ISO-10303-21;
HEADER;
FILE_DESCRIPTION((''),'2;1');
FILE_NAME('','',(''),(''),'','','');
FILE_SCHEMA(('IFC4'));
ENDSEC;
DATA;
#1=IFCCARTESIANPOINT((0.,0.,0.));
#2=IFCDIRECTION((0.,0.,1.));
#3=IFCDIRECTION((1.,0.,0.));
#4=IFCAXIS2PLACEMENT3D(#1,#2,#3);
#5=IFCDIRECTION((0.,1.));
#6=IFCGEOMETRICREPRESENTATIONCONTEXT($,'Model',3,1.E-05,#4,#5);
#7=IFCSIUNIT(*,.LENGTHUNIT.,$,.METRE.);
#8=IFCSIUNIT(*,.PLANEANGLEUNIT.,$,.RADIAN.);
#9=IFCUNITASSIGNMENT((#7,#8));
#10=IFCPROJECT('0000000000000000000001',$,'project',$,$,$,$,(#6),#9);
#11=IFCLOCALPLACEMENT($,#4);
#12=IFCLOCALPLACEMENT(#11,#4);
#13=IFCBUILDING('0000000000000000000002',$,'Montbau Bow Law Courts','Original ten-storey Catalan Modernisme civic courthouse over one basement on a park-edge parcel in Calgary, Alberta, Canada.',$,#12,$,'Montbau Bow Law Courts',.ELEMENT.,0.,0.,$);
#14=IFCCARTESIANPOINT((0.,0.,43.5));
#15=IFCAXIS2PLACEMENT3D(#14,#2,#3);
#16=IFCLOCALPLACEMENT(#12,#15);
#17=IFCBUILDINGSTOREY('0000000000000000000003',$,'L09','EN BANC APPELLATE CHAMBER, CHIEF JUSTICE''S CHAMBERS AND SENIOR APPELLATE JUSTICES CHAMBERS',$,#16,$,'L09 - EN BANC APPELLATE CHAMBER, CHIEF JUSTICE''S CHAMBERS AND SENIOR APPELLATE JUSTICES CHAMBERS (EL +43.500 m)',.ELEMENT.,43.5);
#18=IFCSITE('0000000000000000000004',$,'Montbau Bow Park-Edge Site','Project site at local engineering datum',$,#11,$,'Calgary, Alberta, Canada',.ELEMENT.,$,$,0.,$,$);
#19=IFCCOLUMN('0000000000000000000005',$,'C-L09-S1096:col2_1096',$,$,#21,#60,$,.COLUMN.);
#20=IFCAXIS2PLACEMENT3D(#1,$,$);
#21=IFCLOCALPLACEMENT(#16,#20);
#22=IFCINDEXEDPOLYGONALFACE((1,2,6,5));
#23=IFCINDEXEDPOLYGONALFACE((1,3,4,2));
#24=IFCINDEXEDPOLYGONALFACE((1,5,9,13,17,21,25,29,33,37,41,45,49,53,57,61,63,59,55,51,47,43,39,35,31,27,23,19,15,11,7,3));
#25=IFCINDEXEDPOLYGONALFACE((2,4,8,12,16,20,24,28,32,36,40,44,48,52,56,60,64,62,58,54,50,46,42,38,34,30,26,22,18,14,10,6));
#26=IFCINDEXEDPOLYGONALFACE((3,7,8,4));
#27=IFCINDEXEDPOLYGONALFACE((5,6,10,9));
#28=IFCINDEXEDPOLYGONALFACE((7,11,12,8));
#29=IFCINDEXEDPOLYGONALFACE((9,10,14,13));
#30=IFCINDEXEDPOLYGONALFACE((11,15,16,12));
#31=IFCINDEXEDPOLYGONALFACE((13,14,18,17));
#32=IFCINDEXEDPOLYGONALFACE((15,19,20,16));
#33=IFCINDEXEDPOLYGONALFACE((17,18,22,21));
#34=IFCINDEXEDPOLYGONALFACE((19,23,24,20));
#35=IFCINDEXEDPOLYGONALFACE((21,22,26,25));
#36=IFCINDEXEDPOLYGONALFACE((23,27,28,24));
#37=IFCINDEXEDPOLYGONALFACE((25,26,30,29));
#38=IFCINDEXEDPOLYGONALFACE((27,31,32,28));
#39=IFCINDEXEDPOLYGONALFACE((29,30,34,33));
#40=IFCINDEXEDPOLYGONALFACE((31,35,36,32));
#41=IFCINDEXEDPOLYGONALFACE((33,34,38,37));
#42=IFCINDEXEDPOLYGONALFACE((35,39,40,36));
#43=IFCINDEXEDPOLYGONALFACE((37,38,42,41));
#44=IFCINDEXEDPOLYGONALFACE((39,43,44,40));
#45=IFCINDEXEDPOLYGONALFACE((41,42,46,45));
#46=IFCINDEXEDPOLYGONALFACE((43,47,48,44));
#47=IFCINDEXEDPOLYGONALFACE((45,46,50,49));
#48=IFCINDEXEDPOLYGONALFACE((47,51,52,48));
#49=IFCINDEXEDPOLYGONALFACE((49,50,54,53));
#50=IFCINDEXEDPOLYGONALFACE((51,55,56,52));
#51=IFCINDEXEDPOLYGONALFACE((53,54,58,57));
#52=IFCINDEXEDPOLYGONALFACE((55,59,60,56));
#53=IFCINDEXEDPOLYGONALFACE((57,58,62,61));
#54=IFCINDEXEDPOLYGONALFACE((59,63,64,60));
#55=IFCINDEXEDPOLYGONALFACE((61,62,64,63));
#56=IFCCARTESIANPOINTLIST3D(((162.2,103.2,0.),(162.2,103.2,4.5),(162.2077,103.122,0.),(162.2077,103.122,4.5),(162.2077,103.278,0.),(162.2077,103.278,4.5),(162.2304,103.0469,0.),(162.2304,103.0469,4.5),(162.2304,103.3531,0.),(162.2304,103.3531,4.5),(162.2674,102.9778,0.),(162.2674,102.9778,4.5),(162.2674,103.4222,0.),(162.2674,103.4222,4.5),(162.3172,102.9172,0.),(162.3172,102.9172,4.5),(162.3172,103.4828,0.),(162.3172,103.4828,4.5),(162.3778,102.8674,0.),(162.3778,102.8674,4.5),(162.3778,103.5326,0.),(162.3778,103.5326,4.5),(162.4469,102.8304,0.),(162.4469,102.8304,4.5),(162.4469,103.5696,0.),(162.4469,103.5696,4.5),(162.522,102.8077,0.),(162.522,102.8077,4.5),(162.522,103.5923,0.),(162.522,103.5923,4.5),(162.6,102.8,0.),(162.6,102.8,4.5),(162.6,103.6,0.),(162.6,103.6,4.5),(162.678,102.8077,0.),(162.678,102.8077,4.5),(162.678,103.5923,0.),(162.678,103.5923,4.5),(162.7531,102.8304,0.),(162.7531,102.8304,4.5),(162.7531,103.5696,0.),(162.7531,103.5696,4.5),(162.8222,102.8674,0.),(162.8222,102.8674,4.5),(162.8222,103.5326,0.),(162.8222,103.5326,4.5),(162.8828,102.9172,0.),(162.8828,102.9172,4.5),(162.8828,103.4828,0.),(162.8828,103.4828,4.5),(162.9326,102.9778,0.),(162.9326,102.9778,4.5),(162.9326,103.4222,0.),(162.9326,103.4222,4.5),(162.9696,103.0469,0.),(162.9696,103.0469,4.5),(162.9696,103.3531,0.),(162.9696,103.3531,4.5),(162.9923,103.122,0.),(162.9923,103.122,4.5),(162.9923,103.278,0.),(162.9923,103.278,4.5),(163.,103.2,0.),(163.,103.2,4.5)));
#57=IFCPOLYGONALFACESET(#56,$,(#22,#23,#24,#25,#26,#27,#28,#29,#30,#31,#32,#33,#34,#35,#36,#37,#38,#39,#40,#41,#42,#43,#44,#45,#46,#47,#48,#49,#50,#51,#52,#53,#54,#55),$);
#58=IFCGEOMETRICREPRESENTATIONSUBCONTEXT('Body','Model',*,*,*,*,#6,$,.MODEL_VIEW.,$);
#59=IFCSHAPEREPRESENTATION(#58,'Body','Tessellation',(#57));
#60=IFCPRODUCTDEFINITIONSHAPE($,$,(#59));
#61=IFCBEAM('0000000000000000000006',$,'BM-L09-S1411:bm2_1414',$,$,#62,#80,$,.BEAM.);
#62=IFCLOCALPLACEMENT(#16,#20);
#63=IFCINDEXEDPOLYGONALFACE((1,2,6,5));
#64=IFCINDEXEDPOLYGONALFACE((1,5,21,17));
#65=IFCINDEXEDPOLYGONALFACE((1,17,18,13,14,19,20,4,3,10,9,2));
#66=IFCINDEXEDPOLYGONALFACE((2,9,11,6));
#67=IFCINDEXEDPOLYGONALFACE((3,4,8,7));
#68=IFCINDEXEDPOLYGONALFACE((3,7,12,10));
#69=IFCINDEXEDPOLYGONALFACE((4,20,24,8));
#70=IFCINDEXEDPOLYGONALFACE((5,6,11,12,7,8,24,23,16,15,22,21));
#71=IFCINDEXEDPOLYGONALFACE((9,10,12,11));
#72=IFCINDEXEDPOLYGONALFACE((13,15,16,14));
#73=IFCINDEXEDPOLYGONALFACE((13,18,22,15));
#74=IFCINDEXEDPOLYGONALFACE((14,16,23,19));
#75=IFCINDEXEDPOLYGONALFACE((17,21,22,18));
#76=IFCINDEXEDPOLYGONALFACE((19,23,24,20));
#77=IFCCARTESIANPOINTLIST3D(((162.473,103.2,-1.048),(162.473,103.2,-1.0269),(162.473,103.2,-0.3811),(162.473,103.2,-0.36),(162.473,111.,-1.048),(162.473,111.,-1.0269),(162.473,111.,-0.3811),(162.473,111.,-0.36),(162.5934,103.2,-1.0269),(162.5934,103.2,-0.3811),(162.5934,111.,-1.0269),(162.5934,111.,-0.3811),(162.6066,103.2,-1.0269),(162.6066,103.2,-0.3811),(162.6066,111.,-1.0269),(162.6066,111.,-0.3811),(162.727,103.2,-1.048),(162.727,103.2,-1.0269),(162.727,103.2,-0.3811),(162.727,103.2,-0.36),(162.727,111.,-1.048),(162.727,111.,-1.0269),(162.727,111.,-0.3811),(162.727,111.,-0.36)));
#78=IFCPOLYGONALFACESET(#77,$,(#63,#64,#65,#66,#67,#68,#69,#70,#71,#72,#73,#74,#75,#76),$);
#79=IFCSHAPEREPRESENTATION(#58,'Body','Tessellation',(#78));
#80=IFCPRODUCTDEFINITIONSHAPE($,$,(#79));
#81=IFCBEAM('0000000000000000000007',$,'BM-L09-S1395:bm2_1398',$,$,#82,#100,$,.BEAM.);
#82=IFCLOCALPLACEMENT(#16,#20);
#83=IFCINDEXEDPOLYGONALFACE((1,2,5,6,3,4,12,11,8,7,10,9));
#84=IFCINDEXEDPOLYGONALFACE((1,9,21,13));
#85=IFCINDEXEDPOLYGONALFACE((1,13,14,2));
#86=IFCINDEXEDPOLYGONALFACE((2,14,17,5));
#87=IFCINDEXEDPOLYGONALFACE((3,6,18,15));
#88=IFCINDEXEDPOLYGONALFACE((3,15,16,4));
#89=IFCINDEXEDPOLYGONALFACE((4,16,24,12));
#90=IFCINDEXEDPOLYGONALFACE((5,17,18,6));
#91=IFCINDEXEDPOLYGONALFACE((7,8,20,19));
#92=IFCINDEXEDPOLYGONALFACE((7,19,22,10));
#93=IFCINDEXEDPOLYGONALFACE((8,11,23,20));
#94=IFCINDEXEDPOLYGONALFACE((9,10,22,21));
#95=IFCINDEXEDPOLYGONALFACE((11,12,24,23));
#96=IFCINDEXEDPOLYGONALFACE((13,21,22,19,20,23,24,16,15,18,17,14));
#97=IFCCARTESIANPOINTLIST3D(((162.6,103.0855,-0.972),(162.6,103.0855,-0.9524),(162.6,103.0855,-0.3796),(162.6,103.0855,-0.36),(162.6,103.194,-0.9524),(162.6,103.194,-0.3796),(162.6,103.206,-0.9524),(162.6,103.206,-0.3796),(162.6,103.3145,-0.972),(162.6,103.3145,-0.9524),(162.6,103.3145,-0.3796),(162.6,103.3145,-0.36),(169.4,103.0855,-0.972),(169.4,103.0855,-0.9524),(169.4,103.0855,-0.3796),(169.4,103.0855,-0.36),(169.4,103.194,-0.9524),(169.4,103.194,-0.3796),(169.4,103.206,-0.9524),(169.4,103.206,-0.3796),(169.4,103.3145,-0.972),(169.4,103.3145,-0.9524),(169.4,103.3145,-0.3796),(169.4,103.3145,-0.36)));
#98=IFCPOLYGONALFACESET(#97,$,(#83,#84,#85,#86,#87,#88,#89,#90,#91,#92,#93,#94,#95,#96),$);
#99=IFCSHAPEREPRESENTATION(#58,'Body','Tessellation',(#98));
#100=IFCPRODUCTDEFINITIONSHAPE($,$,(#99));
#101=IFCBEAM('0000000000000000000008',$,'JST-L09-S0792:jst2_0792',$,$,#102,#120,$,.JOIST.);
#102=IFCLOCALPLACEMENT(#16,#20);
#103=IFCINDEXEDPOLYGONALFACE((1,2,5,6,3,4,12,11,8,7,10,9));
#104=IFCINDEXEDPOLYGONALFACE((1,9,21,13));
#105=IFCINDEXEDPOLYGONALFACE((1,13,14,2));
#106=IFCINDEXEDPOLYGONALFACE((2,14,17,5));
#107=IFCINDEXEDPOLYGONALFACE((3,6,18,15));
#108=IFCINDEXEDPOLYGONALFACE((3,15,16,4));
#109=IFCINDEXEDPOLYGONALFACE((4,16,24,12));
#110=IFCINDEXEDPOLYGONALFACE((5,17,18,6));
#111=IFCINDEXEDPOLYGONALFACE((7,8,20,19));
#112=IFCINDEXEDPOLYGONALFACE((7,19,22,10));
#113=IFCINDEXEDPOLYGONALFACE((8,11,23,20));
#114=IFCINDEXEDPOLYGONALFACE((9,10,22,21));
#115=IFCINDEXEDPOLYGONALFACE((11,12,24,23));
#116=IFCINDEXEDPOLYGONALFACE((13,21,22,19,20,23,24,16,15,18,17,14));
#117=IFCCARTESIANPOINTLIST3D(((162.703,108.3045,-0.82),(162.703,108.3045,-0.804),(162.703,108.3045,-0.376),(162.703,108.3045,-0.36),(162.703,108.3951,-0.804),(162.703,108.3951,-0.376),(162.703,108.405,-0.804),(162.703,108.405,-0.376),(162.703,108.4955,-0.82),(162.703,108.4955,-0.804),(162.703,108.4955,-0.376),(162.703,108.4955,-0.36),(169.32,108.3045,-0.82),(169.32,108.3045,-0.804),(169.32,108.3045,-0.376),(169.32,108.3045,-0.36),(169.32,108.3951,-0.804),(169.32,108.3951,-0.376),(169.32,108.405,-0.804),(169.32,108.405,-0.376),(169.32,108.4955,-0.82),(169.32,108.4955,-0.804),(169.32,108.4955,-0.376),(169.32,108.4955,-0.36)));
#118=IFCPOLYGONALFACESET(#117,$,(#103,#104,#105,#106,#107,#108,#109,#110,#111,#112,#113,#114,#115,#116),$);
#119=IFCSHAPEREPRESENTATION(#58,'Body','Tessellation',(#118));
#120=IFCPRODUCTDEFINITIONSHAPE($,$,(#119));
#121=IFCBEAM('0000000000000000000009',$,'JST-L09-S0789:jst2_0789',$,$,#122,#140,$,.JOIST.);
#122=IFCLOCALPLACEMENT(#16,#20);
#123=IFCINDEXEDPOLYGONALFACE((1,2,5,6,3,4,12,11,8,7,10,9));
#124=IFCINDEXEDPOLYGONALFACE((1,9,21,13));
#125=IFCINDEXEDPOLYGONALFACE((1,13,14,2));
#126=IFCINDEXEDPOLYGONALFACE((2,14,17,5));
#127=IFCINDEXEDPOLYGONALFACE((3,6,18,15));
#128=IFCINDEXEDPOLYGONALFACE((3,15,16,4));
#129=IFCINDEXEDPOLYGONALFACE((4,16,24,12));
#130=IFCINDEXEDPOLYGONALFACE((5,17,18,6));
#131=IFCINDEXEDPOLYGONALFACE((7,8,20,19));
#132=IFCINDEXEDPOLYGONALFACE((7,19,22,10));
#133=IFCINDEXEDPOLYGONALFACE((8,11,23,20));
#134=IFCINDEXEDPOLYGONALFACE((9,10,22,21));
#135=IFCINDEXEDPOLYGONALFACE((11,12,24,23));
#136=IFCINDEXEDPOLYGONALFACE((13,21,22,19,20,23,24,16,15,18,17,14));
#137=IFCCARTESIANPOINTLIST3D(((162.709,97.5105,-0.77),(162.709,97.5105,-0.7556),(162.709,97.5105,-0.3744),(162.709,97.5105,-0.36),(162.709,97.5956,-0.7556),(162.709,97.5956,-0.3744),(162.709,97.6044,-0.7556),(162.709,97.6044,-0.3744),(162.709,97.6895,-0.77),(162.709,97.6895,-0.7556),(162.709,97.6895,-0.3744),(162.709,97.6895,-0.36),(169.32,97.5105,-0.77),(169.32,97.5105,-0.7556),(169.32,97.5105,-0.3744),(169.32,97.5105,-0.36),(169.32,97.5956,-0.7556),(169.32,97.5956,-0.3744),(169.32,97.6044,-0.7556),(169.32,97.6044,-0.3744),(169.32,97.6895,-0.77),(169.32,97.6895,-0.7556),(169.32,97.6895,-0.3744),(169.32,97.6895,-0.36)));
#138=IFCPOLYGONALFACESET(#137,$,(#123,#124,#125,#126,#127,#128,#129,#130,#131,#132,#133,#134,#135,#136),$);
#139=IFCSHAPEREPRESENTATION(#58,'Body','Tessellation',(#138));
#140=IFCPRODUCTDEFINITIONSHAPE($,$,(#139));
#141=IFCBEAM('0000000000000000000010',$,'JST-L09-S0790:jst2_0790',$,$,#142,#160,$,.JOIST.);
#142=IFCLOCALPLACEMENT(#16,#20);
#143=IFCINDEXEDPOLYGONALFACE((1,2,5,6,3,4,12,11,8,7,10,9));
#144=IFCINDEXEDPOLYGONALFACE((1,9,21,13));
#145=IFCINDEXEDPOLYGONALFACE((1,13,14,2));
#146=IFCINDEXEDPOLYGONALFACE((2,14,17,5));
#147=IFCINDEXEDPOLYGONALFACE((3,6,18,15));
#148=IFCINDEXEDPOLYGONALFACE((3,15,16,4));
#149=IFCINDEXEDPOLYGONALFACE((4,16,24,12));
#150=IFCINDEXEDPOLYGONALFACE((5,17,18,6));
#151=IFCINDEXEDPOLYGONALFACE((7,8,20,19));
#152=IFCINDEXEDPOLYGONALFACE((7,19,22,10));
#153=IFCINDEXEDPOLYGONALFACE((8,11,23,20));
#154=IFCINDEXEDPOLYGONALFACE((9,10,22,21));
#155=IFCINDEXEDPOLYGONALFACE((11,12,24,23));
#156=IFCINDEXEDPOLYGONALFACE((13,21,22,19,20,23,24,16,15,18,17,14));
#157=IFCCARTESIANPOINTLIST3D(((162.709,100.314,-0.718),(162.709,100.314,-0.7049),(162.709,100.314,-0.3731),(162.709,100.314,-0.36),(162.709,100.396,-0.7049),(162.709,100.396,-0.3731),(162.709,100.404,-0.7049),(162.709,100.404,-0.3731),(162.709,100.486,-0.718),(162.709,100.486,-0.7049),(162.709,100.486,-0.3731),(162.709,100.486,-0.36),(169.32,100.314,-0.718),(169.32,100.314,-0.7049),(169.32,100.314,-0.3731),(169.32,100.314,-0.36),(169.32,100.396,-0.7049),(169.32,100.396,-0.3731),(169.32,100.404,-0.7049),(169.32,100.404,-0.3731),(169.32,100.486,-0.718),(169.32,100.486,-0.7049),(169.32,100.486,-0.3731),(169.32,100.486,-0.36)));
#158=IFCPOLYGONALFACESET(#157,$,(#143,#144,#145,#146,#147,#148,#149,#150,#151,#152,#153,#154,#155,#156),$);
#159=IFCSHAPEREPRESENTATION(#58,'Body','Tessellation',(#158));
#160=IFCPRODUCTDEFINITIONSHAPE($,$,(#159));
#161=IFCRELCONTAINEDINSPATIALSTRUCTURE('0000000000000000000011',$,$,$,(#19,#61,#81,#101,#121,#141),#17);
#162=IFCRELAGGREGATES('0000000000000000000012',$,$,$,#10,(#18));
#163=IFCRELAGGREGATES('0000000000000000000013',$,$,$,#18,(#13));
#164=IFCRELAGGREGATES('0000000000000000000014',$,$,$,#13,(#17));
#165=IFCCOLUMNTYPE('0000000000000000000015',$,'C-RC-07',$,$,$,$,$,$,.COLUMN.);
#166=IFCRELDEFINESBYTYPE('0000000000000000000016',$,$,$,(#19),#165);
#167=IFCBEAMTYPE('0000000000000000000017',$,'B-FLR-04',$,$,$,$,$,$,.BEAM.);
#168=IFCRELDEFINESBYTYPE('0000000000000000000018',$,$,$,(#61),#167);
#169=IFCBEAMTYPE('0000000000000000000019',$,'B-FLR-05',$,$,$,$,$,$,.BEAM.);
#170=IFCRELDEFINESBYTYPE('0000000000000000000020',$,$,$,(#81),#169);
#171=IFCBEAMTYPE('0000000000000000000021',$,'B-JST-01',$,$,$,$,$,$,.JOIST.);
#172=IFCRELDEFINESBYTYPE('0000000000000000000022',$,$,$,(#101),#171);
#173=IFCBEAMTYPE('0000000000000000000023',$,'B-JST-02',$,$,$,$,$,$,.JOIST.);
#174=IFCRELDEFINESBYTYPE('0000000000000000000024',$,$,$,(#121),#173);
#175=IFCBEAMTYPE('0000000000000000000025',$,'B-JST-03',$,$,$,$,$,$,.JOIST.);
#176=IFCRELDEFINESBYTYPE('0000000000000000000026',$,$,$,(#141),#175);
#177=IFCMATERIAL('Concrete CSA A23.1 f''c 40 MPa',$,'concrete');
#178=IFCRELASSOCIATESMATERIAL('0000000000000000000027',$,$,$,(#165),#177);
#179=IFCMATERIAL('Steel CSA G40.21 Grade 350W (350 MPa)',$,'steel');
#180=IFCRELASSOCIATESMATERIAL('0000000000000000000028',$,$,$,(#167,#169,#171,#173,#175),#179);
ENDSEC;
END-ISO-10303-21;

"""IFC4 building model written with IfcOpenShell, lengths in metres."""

from ifc_helpers import new_model, si_unit, direction, frame, origin_with_axes, origin_2d_with_axis, place, context, subcontext, project, spatial, circle, i_section, extrude, material, material_profile, profile_set, type_object, element, save


model = new_model("IFC4")

# Units and contexts
model_context = context("Model", 3, precision=1e-05, world=origin_with_axes(), true_north=direction((0.0, 1.0)))
body_context = subcontext(model_context, "Body", "Model", "MODEL_VIEW")
ifc_project = project(units=[si_unit("LENGTHUNIT", "METRE"), si_unit("PLANEANGLEUNIT", "RADIAN")], contexts=[model_context])

# Site, building, storey
site_placement = place(None, origin_with_axes())
site = spatial("IfcSite", under=ifc_project, at=site_placement, Name="Montbau Bow Park-Edge Site", Description="Project site at local engineering datum", LongName="Calgary, Alberta, Canada", CompositionType="ELEMENT", RefElevation=0.0)
building_placement = place(site_placement, origin_with_axes())
building = spatial("IfcBuilding", under=site, at=building_placement, Name="Montbau Bow Law Courts", Description="Original ten-storey Catalan Modernisme civic courthouse over one basement on a park-edge parcel in Calgary, Alberta, Canada.", LongName="Montbau Bow Law Courts", CompositionType="ELEMENT", ElevationOfRefHeight=0.0, ElevationOfTerrain=0.0)
storey_placement = place(building_placement, frame((0.0, 0.0, 43.5), z_axis=(0.0, 0.0, 1.0), x_axis=(1.0, 0.0, 0.0)))
storey = spatial("IfcBuildingStorey", under=building, at=storey_placement, Name="L09", Description="EN BANC APPELLATE CHAMBER, CHIEF JUSTICE'S CHAMBERS AND SENIOR APPELLATE JUSTICES CHAMBERS", LongName="L09 - EN BANC APPELLATE CHAMBER, CHIEF JUSTICE'S CHAMBERS AND SENIOR APPELLATE JUSTICES CHAMBERS (EL +43.500 m)", CompositionType="ELEMENT", Elevation=43.5)

# Column
ifc_material_1 = material(Name="Concrete CSA A23.1 f'c 40 MPa", Category="concrete")
ifc_material_profile_1 = material_profile(ifc_material_1, circle(Radius=0.4, at=origin_2d_with_axis()), Name="RC800D", Category="Main", Priority=0)
ifc_profile_set_1 = profile_set([ifc_material_profile_1], Name="Concrete CSA A23.1 f'c 40 MPa")
column_type = type_object("IfcColumnType", Name="C-RC-07", PredefinedType="COLUMN", material=ifc_profile_set_1)
column_placement = place(None, frame((162.6, 103.2, 43.5), z_axis=(0.0, 0.0, 1.0), x_axis=(1.0, 0.0, 0.0)))
element("IfcColumn", 1, at=column_placement, inside=storey, type_object=column_type, Name="C-L09-S1096:col2_1096", PredefinedType="COLUMN", context=body_context, shape_type="SweptSolid", body=[
    extrude(circle(Radius=0.4, at=origin_2d_with_axis()), origin_with_axes(), (0.0, 0.0, 1.0), 4.5),
])

# Beams
ifc_material_2 = material(Name="Steel CSA G40.21 Grade 350W (350 MPa)", Category="steel")
ifc_material_profile_2 = material_profile(ifc_material_2, i_section(OverallWidth=0.254, OverallDepth=0.688, WebThickness=0.0131, FlangeThickness=0.0211, at=origin_2d_with_axis()), Name="W690X152", Category="Main", Priority=0)
ifc_profile_set_2 = profile_set([ifc_material_profile_2], Name="Steel CSA G40.21 Grade 350W (350 MPa)")
beam_type_1 = type_object("IfcBeamType", Name="B-FLR-04", PredefinedType="BEAM", material=ifc_profile_set_2)
beam_1_placement = place(None, frame((162.6, 103.2, 42.796), z_axis=(0.0, 1.0, 0.0), x_axis=(-1.0, 0.0, 0.0)))
element("IfcBeam", 2, at=beam_1_placement, inside=storey, type_object=beam_type_1, Name="BM-L09-S1411:bm2_1414", PredefinedType="BEAM", context=body_context, shape_type="SweptSolid", body=[
    extrude(i_section(OverallWidth=0.254, OverallDepth=0.688, WebThickness=0.0131, FlangeThickness=0.0211, at=origin_2d_with_axis()), origin_with_axes(), (0.0, 0.0, 1.0), 7.8),
])
ifc_material_profile_3 = material_profile(ifc_material_2, i_section(OverallWidth=0.229, OverallDepth=0.612, WebThickness=0.0119, FlangeThickness=0.0196, at=origin_2d_with_axis()), Name="W610X125", Category="Main", Priority=0)
ifc_profile_set_3 = profile_set([ifc_material_profile_3], Name="Steel CSA G40.21 Grade 350W (350 MPa)")
beam_type_2 = type_object("IfcBeamType", Name="B-FLR-05", PredefinedType="BEAM", material=ifc_profile_set_3)
beam_2_placement = place(None, frame((162.6, 103.2, 42.834), z_axis=(1.0, 0.0, 0.0), x_axis=(0.0, 1.0, 0.0)))
element("IfcBeam", 3, at=beam_2_placement, inside=storey, type_object=beam_type_2, Name="BM-L09-S1395:bm2_1398", PredefinedType="BEAM", context=body_context, shape_type="SweptSolid", body=[
    extrude(i_section(OverallWidth=0.229, OverallDepth=0.612, WebThickness=0.0119, FlangeThickness=0.0196, at=origin_2d_with_axis()), origin_with_axes(), (0.0, 0.0, 1.0), 6.8),
])
ifc_material_profile_4 = material_profile(ifc_material_2, i_section(OverallWidth=0.191, OverallDepth=0.46, WebThickness=0.0099, FlangeThickness=0.016, at=origin_2d_with_axis()), Name="W460X82", Category="Main", Priority=0)
ifc_profile_set_4 = profile_set([ifc_material_profile_4], Name="Steel CSA G40.21 Grade 350W (350 MPa)")
beam_type_3 = type_object("IfcBeamType", Name="B-JST-01", PredefinedType="JOIST", material=ifc_profile_set_4)
beam_3_placement = place(None, frame((162.703, 108.4, 42.91), z_axis=(1.0, 0.0, 0.0), x_axis=(0.0, 1.0, 0.0)))
element("IfcBeam", 4, at=beam_3_placement, inside=storey, type_object=beam_type_3, Name="JST-L09-S0792:jst2_0792", PredefinedType="JOIST", context=body_context, shape_type="SweptSolid", body=[
    extrude(i_section(OverallWidth=0.191, OverallDepth=0.46, WebThickness=0.0099, FlangeThickness=0.016, at=origin_2d_with_axis()), origin_with_axes(), (0.0, 0.0, 1.0), 6.617),
])
ifc_material_profile_5 = material_profile(ifc_material_2, i_section(OverallWidth=0.179, OverallDepth=0.41, WebThickness=0.0088, FlangeThickness=0.0144, at=origin_2d_with_axis()), Name="W410X67", Category="Main", Priority=0)
ifc_profile_set_5 = profile_set([ifc_material_profile_5], Name="Steel CSA G40.21 Grade 350W (350 MPa)")
beam_type_4 = type_object("IfcBeamType", Name="B-JST-02", PredefinedType="JOIST", material=ifc_profile_set_5)
beam_4_placement = place(None, frame((162.709, 97.6, 42.935), z_axis=(1.0, 0.0, 0.0), x_axis=(0.0, 1.0, 0.0)))
element("IfcBeam", 5, at=beam_4_placement, inside=storey, type_object=beam_type_4, Name="JST-L09-S0789:jst2_0789", PredefinedType="JOIST", context=body_context, shape_type="SweptSolid", body=[
    extrude(i_section(OverallWidth=0.179, OverallDepth=0.41, WebThickness=0.0088, FlangeThickness=0.0144, at=origin_2d_with_axis()), origin_with_axes(), (0.0, 0.0, 1.0), 6.611),
])
ifc_material_profile_6 = material_profile(ifc_material_2, i_section(OverallWidth=0.172, OverallDepth=0.358, WebThickness=0.0079, FlangeThickness=0.0131, at=origin_2d_with_axis()), Name="W360X57", Category="Main", Priority=0)
ifc_profile_set_6 = profile_set([ifc_material_profile_6], Name="Steel CSA G40.21 Grade 350W (350 MPa)")
beam_type_5 = type_object("IfcBeamType", Name="B-JST-03", PredefinedType="JOIST", material=ifc_profile_set_6)
beam_5_placement = place(None, frame((162.709, 100.4, 42.961), z_axis=(1.0, 0.0, 0.0), x_axis=(0.0, 1.0, 0.0)))
element("IfcBeam", 6, at=beam_5_placement, inside=storey, type_object=beam_type_5, Name="JST-L09-S0790:jst2_0790", PredefinedType="JOIST", context=body_context, shape_type="SweptSolid", body=[
    extrude(i_section(OverallWidth=0.172, OverallDepth=0.358, WebThickness=0.0079, FlangeThickness=0.0131, at=origin_2d_with_axis()), origin_with_axes(), (0.0, 0.0, 1.0), 6.611),
])

save(model, "model.ifc")
